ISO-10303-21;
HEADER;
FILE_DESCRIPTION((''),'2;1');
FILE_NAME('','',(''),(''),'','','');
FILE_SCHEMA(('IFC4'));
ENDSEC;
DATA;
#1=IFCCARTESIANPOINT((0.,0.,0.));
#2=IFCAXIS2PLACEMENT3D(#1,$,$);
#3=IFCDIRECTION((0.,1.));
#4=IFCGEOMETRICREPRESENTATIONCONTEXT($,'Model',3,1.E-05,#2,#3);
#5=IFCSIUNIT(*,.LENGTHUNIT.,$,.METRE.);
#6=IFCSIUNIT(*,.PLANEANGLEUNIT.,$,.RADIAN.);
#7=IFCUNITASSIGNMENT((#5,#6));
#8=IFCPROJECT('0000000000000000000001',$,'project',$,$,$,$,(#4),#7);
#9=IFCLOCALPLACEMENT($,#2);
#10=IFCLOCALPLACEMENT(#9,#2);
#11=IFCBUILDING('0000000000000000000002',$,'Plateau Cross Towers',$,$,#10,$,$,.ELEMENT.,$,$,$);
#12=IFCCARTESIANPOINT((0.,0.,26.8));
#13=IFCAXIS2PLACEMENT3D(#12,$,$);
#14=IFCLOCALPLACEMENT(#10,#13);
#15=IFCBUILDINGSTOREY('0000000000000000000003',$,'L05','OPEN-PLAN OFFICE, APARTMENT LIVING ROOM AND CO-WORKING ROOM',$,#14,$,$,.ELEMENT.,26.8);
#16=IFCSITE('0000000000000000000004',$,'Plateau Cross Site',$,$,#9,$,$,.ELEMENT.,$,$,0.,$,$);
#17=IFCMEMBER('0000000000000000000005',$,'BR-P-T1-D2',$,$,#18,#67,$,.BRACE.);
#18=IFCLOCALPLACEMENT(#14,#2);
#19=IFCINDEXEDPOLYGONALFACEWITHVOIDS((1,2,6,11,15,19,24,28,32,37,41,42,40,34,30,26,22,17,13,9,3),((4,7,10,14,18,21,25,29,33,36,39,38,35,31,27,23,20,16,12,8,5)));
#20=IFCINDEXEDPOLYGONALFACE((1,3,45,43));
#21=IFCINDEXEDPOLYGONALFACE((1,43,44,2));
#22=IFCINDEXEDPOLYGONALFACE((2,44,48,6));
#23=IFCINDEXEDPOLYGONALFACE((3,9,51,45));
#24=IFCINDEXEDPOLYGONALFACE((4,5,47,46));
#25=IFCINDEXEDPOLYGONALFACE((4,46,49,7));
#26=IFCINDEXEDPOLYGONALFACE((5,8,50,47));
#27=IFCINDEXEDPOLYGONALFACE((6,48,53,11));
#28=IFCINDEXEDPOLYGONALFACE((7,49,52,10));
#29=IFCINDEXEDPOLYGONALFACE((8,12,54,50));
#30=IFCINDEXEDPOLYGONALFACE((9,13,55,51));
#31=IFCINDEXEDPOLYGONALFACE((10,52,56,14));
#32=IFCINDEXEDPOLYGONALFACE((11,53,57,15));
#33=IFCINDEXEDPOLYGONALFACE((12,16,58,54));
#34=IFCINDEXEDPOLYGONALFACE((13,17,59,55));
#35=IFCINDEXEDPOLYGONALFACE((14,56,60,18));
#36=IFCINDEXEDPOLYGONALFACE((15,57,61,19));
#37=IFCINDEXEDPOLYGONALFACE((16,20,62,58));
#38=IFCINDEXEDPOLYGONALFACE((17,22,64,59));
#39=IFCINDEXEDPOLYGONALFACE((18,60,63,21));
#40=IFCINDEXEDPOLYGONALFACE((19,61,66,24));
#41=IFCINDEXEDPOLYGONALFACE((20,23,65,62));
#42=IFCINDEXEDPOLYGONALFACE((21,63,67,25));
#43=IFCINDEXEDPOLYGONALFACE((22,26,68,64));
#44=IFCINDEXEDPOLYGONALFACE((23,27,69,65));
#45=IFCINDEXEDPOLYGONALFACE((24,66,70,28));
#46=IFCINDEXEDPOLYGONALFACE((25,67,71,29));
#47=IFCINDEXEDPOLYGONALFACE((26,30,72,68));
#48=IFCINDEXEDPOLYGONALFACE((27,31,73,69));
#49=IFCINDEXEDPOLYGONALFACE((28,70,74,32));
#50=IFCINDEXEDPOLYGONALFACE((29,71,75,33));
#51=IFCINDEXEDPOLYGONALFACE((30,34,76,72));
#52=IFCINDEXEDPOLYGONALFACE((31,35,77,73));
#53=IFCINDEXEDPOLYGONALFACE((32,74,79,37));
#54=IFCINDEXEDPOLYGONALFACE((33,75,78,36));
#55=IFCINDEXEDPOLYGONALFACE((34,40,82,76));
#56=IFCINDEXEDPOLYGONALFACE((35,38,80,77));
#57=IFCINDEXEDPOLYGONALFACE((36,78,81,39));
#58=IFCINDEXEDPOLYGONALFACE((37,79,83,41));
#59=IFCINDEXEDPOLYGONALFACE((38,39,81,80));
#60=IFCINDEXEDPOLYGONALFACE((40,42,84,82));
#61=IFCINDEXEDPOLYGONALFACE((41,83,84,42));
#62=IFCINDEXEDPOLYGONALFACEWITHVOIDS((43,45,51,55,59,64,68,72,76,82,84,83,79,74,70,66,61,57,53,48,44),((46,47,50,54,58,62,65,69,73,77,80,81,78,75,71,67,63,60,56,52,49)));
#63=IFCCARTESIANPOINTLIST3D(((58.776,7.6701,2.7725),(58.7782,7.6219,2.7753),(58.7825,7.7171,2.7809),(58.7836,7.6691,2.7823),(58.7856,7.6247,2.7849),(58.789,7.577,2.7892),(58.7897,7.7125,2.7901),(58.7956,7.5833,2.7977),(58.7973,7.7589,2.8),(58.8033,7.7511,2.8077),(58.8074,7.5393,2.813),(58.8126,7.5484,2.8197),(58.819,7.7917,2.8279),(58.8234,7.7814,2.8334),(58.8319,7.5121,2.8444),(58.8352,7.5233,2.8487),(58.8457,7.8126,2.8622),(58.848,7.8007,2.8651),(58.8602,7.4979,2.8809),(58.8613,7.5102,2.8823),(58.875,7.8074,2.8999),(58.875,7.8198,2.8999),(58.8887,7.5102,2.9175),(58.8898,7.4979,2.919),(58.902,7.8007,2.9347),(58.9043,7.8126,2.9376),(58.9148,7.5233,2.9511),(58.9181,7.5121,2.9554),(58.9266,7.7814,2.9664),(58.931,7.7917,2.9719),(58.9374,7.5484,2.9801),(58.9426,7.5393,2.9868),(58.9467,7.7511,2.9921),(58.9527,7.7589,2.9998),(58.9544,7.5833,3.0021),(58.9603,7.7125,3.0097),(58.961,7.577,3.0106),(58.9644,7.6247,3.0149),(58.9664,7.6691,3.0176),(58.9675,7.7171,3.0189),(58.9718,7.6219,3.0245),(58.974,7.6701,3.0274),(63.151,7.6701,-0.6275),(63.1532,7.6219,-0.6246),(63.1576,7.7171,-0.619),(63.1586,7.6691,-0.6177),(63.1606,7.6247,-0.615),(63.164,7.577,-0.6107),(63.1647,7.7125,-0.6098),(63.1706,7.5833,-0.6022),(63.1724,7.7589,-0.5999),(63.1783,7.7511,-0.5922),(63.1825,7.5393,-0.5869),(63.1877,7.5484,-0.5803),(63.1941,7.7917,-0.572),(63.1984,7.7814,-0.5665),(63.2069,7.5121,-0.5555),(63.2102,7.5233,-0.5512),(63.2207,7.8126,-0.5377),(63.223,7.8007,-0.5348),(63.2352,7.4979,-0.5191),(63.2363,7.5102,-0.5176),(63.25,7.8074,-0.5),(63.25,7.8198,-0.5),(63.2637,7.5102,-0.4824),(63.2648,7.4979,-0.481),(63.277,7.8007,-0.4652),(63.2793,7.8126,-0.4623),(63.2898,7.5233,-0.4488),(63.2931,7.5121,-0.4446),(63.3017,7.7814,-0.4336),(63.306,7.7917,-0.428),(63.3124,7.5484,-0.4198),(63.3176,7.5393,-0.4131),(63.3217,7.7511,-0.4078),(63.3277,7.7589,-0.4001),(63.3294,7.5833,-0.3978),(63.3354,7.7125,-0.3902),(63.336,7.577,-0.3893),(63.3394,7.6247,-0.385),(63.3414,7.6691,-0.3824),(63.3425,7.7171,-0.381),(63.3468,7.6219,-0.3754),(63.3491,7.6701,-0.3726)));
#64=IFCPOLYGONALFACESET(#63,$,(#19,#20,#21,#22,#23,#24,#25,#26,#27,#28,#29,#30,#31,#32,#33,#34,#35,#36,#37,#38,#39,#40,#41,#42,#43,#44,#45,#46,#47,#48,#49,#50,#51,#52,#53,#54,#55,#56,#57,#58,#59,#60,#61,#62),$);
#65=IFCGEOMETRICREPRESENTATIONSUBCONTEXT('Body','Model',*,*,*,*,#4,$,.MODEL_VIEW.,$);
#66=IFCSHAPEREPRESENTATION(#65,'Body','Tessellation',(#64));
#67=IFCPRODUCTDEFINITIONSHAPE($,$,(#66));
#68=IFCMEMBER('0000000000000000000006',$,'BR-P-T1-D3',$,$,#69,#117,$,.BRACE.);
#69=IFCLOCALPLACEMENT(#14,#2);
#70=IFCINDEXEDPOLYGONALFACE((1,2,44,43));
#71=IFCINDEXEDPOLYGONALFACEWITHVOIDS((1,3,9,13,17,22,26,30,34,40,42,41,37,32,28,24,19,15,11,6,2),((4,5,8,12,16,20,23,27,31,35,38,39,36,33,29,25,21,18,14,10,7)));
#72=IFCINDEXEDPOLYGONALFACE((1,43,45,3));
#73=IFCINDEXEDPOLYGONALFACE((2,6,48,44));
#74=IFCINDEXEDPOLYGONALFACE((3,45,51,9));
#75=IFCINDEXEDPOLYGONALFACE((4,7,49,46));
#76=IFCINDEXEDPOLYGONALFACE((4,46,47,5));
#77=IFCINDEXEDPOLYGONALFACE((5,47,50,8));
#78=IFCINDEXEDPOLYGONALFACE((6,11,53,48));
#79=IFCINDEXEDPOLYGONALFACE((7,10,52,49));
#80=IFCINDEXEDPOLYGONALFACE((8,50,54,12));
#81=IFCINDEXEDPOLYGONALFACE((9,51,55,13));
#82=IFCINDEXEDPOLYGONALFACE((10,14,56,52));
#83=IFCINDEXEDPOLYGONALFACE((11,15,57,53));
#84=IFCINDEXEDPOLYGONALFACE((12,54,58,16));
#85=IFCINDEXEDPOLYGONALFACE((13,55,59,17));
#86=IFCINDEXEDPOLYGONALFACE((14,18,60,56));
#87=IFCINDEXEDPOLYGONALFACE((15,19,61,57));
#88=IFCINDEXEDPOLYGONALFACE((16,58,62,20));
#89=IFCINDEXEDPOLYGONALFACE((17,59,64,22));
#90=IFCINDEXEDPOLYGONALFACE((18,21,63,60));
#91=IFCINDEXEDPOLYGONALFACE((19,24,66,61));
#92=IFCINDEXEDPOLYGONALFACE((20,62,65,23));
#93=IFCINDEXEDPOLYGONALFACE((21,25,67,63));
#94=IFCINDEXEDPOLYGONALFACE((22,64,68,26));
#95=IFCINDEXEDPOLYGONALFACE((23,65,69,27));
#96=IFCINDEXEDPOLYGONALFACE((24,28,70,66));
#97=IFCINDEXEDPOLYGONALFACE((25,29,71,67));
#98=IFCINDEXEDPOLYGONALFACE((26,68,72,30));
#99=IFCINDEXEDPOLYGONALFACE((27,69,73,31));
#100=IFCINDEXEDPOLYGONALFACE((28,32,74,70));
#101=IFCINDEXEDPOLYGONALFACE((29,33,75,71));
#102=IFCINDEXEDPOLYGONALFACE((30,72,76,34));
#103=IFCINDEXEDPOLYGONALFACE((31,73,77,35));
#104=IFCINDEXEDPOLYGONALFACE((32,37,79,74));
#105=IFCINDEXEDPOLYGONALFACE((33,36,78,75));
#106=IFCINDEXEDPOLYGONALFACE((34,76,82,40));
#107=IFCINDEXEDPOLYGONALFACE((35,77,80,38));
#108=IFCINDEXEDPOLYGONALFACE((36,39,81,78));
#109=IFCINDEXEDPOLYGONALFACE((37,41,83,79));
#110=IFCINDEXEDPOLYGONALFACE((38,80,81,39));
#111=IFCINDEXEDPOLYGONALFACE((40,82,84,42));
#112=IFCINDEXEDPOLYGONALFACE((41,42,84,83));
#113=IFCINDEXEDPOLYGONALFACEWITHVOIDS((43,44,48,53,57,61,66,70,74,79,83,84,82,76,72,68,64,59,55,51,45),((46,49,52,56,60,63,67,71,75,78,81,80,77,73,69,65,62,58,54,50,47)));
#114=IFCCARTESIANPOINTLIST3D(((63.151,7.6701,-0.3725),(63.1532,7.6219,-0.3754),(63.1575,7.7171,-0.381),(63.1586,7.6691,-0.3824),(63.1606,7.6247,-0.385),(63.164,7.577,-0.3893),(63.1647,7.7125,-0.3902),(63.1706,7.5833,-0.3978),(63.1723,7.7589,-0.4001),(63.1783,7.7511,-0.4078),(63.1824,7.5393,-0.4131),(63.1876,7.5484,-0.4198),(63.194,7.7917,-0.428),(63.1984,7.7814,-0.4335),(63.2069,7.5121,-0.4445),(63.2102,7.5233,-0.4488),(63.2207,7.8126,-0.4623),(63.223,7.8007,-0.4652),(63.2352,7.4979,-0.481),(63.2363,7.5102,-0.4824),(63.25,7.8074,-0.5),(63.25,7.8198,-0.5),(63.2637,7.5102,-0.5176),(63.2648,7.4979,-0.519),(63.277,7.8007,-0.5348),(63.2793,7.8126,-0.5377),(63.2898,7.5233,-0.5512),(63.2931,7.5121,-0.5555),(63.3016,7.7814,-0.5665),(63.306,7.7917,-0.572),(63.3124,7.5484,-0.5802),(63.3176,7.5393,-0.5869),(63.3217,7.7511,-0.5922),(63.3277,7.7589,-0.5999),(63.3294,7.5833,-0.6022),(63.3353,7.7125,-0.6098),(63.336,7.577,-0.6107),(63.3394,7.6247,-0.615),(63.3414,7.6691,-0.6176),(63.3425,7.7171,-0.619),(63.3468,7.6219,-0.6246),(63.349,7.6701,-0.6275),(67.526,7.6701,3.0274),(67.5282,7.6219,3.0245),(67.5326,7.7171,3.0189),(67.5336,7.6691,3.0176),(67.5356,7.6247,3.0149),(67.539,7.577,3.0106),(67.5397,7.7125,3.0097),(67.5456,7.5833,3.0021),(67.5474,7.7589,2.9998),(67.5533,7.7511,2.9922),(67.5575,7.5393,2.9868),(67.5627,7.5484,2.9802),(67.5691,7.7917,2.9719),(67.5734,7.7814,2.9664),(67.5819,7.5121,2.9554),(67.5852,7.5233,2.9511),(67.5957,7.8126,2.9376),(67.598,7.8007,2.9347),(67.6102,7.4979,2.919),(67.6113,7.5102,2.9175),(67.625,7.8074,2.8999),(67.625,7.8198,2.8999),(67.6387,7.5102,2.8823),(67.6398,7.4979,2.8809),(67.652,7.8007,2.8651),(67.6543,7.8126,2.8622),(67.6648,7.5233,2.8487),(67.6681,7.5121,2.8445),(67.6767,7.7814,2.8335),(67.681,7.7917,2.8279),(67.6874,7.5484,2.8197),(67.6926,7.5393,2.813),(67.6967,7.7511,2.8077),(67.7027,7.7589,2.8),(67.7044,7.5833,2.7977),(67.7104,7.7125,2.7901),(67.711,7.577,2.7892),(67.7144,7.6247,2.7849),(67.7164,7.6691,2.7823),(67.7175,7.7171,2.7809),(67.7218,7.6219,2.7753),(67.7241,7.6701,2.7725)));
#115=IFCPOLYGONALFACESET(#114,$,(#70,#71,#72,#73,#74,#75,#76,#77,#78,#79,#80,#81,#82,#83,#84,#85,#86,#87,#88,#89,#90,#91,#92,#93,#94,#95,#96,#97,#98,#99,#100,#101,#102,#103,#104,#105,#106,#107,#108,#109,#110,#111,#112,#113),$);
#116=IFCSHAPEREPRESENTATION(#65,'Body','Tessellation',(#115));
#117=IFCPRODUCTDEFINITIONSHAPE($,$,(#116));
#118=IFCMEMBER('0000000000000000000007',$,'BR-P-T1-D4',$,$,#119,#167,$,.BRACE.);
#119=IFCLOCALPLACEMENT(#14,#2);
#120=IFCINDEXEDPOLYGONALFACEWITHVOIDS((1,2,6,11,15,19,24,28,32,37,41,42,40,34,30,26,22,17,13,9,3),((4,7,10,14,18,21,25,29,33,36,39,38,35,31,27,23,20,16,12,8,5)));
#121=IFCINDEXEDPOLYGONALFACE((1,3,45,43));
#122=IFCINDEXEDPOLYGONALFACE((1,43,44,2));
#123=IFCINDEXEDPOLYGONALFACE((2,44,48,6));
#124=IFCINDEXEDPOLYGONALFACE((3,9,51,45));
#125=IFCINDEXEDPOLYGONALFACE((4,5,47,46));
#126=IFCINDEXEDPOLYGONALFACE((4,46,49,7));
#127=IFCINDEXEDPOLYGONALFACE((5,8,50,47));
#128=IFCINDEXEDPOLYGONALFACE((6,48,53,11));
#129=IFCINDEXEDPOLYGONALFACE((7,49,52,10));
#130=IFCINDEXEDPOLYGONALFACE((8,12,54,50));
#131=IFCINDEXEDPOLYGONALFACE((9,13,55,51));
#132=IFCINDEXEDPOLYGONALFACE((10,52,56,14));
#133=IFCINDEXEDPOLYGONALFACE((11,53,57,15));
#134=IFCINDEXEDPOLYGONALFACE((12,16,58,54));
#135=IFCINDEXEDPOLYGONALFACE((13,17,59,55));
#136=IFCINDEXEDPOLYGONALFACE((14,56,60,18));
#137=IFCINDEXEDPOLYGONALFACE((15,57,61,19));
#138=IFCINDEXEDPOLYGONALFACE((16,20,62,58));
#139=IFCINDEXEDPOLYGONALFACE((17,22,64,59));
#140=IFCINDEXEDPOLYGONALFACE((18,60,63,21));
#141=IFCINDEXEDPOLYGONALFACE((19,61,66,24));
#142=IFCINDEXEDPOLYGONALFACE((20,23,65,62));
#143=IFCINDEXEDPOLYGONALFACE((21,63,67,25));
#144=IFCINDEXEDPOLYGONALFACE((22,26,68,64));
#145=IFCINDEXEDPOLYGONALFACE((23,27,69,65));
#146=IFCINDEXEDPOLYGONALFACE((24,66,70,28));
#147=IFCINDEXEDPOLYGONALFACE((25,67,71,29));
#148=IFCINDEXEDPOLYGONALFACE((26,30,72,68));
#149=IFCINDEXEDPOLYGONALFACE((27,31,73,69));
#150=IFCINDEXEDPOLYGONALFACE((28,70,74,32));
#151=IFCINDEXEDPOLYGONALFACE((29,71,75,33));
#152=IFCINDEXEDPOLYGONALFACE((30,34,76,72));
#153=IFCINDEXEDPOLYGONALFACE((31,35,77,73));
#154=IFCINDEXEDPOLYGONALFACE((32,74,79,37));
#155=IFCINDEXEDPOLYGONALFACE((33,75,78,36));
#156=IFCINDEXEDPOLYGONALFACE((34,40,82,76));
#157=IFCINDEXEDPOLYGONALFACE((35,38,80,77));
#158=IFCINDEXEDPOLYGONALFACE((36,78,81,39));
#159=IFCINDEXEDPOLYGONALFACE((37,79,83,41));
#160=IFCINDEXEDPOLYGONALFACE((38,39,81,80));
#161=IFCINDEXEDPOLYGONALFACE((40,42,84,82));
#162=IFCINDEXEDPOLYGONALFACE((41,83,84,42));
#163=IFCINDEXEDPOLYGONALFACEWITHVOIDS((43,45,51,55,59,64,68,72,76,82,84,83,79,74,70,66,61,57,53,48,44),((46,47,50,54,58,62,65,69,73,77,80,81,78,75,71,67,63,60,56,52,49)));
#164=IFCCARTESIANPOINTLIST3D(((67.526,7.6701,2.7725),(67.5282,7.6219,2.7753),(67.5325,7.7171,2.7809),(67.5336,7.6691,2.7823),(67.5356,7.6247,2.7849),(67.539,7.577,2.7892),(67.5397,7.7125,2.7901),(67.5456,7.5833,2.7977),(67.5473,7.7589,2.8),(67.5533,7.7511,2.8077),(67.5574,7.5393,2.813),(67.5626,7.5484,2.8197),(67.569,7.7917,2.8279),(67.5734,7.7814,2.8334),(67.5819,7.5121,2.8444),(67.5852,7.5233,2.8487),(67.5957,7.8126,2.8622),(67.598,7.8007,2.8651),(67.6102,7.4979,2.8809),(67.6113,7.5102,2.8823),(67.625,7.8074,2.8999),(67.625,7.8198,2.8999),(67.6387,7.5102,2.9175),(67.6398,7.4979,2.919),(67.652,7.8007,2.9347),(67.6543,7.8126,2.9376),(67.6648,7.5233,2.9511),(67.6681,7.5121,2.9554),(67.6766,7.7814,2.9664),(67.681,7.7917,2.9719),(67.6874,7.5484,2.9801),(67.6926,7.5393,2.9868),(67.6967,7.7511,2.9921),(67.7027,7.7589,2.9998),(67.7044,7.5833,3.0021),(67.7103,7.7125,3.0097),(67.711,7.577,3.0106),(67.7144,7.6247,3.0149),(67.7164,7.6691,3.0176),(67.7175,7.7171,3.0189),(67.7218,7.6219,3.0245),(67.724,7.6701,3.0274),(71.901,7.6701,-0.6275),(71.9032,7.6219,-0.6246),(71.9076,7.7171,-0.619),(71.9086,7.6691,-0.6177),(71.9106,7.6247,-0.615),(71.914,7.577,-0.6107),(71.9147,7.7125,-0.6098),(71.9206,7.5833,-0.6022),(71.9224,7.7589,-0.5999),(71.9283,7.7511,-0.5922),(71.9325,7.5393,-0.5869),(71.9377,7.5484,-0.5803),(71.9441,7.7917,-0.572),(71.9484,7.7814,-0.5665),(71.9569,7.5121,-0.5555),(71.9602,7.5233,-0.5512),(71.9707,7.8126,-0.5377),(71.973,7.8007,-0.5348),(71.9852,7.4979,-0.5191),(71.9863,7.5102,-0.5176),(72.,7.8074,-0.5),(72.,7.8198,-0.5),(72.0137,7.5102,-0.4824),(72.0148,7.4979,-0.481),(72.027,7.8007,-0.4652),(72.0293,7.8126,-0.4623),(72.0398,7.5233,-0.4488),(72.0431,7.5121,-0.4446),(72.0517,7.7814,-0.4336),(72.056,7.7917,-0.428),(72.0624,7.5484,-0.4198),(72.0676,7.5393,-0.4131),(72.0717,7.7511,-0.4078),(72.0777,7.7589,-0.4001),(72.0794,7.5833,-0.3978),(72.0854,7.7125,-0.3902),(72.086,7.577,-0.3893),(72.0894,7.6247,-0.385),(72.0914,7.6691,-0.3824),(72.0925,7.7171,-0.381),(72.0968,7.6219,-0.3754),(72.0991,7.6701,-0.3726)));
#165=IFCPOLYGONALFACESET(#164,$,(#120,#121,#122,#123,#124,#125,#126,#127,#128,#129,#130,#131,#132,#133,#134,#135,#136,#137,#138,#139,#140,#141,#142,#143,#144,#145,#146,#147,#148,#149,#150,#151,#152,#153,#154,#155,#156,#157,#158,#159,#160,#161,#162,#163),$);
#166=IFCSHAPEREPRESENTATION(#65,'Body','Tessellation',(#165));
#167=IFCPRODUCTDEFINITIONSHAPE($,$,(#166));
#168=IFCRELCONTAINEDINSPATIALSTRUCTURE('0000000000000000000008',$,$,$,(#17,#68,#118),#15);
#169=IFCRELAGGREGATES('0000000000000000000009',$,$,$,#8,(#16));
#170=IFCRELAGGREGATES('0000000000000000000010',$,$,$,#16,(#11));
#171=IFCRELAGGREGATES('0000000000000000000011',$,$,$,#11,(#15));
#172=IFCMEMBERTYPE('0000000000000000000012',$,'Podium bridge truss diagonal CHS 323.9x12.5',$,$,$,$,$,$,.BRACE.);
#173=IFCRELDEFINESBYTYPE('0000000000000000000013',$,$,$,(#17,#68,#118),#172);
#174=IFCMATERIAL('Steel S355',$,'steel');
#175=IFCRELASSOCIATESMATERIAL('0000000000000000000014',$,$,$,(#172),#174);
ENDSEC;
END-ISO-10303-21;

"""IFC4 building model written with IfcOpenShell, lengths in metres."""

from ifc_helpers import new_model, si_unit, direction, frame, origin, origin_2d, place, context, subcontext, project, spatial, hollow_circle, extrude, material, material_profile, profile_set, type_object, element, save


model = new_model("IFC4")

# Units and contexts
model_context = context("Model", 3, precision=1e-05, world=origin(), true_north=direction((0.0, 1.0)))
body_context = subcontext(model_context, "Body", "Model", "MODEL_VIEW")
ifc_project = project(units=[si_unit("LENGTHUNIT", "METRE"), si_unit("PLANEANGLEUNIT", "RADIAN")], contexts=[model_context])

# Site, building, storey
site_placement = place(None, origin())
site = spatial("IfcSite", under=ifc_project, at=site_placement, Name="Plateau Cross Site", CompositionType="ELEMENT", RefElevation=0.0)
building_placement = place(site_placement, origin())
building = spatial("IfcBuilding", under=site, at=building_placement, Name="Plateau Cross Towers", CompositionType="ELEMENT")
storey_placement = place(building_placement, frame((0.0, 0.0, 26.8)))
storey = spatial("IfcBuildingStorey", under=building, at=storey_placement, Name="L05", Description="OPEN-PLAN OFFICE, APARTMENT LIVING ROOM AND CO-WORKING ROOM", CompositionType="ELEMENT", Elevation=26.8)

# Members
ifc_material_1 = material(Name="Steel S355", Category="steel")
ifc_material_profile_1 = material_profile(ifc_material_1, hollow_circle(Radius=0.1619, WallThickness=0.0125, at=origin_2d()), Name="CHS 323.9x12.5")
ifc_profile_set_1 = profile_set([ifc_material_profile_1], Name="Steel S355")
member_type_1 = type_object("IfcMemberType", Name="Podium bridge truss diagonal CHS 323.9x12.5", PredefinedType="BRACE", material=ifc_profile_set_1)
for number, where, z_axis, x_axis, name in (
    (1, (58.875, 7.658, 2.8999), (0.789604, 0.0, -0.613617), (0.0, 1.0, 0.0), "BR-P-T1-D2"),
    (2, (63.25, 7.658, -0.5), (0.789604, 0.0, 0.613617), (0.0, 1.0, 0.0), "BR-P-T1-D3"),
    (3, (67.625, 7.658, 2.8999), (0.789604, 0.0, -0.613617), (0.0, 1.0, 0.0), "BR-P-T1-D4"),
):
    element("IfcMember", number, at=place(storey_placement, frame(where, z_axis=z_axis, x_axis=x_axis)), inside=storey, type_object=member_type_1, Name=name, PredefinedType="BRACE", context=body_context, shape_type="SweptSolid", body=[
        extrude(hollow_circle(Radius=0.1619, WallThickness=0.0125, at=origin_2d()), origin(), (0.0, 0.0, 1.0), 5.5408),
    ])

save(model, "model.ifc")
